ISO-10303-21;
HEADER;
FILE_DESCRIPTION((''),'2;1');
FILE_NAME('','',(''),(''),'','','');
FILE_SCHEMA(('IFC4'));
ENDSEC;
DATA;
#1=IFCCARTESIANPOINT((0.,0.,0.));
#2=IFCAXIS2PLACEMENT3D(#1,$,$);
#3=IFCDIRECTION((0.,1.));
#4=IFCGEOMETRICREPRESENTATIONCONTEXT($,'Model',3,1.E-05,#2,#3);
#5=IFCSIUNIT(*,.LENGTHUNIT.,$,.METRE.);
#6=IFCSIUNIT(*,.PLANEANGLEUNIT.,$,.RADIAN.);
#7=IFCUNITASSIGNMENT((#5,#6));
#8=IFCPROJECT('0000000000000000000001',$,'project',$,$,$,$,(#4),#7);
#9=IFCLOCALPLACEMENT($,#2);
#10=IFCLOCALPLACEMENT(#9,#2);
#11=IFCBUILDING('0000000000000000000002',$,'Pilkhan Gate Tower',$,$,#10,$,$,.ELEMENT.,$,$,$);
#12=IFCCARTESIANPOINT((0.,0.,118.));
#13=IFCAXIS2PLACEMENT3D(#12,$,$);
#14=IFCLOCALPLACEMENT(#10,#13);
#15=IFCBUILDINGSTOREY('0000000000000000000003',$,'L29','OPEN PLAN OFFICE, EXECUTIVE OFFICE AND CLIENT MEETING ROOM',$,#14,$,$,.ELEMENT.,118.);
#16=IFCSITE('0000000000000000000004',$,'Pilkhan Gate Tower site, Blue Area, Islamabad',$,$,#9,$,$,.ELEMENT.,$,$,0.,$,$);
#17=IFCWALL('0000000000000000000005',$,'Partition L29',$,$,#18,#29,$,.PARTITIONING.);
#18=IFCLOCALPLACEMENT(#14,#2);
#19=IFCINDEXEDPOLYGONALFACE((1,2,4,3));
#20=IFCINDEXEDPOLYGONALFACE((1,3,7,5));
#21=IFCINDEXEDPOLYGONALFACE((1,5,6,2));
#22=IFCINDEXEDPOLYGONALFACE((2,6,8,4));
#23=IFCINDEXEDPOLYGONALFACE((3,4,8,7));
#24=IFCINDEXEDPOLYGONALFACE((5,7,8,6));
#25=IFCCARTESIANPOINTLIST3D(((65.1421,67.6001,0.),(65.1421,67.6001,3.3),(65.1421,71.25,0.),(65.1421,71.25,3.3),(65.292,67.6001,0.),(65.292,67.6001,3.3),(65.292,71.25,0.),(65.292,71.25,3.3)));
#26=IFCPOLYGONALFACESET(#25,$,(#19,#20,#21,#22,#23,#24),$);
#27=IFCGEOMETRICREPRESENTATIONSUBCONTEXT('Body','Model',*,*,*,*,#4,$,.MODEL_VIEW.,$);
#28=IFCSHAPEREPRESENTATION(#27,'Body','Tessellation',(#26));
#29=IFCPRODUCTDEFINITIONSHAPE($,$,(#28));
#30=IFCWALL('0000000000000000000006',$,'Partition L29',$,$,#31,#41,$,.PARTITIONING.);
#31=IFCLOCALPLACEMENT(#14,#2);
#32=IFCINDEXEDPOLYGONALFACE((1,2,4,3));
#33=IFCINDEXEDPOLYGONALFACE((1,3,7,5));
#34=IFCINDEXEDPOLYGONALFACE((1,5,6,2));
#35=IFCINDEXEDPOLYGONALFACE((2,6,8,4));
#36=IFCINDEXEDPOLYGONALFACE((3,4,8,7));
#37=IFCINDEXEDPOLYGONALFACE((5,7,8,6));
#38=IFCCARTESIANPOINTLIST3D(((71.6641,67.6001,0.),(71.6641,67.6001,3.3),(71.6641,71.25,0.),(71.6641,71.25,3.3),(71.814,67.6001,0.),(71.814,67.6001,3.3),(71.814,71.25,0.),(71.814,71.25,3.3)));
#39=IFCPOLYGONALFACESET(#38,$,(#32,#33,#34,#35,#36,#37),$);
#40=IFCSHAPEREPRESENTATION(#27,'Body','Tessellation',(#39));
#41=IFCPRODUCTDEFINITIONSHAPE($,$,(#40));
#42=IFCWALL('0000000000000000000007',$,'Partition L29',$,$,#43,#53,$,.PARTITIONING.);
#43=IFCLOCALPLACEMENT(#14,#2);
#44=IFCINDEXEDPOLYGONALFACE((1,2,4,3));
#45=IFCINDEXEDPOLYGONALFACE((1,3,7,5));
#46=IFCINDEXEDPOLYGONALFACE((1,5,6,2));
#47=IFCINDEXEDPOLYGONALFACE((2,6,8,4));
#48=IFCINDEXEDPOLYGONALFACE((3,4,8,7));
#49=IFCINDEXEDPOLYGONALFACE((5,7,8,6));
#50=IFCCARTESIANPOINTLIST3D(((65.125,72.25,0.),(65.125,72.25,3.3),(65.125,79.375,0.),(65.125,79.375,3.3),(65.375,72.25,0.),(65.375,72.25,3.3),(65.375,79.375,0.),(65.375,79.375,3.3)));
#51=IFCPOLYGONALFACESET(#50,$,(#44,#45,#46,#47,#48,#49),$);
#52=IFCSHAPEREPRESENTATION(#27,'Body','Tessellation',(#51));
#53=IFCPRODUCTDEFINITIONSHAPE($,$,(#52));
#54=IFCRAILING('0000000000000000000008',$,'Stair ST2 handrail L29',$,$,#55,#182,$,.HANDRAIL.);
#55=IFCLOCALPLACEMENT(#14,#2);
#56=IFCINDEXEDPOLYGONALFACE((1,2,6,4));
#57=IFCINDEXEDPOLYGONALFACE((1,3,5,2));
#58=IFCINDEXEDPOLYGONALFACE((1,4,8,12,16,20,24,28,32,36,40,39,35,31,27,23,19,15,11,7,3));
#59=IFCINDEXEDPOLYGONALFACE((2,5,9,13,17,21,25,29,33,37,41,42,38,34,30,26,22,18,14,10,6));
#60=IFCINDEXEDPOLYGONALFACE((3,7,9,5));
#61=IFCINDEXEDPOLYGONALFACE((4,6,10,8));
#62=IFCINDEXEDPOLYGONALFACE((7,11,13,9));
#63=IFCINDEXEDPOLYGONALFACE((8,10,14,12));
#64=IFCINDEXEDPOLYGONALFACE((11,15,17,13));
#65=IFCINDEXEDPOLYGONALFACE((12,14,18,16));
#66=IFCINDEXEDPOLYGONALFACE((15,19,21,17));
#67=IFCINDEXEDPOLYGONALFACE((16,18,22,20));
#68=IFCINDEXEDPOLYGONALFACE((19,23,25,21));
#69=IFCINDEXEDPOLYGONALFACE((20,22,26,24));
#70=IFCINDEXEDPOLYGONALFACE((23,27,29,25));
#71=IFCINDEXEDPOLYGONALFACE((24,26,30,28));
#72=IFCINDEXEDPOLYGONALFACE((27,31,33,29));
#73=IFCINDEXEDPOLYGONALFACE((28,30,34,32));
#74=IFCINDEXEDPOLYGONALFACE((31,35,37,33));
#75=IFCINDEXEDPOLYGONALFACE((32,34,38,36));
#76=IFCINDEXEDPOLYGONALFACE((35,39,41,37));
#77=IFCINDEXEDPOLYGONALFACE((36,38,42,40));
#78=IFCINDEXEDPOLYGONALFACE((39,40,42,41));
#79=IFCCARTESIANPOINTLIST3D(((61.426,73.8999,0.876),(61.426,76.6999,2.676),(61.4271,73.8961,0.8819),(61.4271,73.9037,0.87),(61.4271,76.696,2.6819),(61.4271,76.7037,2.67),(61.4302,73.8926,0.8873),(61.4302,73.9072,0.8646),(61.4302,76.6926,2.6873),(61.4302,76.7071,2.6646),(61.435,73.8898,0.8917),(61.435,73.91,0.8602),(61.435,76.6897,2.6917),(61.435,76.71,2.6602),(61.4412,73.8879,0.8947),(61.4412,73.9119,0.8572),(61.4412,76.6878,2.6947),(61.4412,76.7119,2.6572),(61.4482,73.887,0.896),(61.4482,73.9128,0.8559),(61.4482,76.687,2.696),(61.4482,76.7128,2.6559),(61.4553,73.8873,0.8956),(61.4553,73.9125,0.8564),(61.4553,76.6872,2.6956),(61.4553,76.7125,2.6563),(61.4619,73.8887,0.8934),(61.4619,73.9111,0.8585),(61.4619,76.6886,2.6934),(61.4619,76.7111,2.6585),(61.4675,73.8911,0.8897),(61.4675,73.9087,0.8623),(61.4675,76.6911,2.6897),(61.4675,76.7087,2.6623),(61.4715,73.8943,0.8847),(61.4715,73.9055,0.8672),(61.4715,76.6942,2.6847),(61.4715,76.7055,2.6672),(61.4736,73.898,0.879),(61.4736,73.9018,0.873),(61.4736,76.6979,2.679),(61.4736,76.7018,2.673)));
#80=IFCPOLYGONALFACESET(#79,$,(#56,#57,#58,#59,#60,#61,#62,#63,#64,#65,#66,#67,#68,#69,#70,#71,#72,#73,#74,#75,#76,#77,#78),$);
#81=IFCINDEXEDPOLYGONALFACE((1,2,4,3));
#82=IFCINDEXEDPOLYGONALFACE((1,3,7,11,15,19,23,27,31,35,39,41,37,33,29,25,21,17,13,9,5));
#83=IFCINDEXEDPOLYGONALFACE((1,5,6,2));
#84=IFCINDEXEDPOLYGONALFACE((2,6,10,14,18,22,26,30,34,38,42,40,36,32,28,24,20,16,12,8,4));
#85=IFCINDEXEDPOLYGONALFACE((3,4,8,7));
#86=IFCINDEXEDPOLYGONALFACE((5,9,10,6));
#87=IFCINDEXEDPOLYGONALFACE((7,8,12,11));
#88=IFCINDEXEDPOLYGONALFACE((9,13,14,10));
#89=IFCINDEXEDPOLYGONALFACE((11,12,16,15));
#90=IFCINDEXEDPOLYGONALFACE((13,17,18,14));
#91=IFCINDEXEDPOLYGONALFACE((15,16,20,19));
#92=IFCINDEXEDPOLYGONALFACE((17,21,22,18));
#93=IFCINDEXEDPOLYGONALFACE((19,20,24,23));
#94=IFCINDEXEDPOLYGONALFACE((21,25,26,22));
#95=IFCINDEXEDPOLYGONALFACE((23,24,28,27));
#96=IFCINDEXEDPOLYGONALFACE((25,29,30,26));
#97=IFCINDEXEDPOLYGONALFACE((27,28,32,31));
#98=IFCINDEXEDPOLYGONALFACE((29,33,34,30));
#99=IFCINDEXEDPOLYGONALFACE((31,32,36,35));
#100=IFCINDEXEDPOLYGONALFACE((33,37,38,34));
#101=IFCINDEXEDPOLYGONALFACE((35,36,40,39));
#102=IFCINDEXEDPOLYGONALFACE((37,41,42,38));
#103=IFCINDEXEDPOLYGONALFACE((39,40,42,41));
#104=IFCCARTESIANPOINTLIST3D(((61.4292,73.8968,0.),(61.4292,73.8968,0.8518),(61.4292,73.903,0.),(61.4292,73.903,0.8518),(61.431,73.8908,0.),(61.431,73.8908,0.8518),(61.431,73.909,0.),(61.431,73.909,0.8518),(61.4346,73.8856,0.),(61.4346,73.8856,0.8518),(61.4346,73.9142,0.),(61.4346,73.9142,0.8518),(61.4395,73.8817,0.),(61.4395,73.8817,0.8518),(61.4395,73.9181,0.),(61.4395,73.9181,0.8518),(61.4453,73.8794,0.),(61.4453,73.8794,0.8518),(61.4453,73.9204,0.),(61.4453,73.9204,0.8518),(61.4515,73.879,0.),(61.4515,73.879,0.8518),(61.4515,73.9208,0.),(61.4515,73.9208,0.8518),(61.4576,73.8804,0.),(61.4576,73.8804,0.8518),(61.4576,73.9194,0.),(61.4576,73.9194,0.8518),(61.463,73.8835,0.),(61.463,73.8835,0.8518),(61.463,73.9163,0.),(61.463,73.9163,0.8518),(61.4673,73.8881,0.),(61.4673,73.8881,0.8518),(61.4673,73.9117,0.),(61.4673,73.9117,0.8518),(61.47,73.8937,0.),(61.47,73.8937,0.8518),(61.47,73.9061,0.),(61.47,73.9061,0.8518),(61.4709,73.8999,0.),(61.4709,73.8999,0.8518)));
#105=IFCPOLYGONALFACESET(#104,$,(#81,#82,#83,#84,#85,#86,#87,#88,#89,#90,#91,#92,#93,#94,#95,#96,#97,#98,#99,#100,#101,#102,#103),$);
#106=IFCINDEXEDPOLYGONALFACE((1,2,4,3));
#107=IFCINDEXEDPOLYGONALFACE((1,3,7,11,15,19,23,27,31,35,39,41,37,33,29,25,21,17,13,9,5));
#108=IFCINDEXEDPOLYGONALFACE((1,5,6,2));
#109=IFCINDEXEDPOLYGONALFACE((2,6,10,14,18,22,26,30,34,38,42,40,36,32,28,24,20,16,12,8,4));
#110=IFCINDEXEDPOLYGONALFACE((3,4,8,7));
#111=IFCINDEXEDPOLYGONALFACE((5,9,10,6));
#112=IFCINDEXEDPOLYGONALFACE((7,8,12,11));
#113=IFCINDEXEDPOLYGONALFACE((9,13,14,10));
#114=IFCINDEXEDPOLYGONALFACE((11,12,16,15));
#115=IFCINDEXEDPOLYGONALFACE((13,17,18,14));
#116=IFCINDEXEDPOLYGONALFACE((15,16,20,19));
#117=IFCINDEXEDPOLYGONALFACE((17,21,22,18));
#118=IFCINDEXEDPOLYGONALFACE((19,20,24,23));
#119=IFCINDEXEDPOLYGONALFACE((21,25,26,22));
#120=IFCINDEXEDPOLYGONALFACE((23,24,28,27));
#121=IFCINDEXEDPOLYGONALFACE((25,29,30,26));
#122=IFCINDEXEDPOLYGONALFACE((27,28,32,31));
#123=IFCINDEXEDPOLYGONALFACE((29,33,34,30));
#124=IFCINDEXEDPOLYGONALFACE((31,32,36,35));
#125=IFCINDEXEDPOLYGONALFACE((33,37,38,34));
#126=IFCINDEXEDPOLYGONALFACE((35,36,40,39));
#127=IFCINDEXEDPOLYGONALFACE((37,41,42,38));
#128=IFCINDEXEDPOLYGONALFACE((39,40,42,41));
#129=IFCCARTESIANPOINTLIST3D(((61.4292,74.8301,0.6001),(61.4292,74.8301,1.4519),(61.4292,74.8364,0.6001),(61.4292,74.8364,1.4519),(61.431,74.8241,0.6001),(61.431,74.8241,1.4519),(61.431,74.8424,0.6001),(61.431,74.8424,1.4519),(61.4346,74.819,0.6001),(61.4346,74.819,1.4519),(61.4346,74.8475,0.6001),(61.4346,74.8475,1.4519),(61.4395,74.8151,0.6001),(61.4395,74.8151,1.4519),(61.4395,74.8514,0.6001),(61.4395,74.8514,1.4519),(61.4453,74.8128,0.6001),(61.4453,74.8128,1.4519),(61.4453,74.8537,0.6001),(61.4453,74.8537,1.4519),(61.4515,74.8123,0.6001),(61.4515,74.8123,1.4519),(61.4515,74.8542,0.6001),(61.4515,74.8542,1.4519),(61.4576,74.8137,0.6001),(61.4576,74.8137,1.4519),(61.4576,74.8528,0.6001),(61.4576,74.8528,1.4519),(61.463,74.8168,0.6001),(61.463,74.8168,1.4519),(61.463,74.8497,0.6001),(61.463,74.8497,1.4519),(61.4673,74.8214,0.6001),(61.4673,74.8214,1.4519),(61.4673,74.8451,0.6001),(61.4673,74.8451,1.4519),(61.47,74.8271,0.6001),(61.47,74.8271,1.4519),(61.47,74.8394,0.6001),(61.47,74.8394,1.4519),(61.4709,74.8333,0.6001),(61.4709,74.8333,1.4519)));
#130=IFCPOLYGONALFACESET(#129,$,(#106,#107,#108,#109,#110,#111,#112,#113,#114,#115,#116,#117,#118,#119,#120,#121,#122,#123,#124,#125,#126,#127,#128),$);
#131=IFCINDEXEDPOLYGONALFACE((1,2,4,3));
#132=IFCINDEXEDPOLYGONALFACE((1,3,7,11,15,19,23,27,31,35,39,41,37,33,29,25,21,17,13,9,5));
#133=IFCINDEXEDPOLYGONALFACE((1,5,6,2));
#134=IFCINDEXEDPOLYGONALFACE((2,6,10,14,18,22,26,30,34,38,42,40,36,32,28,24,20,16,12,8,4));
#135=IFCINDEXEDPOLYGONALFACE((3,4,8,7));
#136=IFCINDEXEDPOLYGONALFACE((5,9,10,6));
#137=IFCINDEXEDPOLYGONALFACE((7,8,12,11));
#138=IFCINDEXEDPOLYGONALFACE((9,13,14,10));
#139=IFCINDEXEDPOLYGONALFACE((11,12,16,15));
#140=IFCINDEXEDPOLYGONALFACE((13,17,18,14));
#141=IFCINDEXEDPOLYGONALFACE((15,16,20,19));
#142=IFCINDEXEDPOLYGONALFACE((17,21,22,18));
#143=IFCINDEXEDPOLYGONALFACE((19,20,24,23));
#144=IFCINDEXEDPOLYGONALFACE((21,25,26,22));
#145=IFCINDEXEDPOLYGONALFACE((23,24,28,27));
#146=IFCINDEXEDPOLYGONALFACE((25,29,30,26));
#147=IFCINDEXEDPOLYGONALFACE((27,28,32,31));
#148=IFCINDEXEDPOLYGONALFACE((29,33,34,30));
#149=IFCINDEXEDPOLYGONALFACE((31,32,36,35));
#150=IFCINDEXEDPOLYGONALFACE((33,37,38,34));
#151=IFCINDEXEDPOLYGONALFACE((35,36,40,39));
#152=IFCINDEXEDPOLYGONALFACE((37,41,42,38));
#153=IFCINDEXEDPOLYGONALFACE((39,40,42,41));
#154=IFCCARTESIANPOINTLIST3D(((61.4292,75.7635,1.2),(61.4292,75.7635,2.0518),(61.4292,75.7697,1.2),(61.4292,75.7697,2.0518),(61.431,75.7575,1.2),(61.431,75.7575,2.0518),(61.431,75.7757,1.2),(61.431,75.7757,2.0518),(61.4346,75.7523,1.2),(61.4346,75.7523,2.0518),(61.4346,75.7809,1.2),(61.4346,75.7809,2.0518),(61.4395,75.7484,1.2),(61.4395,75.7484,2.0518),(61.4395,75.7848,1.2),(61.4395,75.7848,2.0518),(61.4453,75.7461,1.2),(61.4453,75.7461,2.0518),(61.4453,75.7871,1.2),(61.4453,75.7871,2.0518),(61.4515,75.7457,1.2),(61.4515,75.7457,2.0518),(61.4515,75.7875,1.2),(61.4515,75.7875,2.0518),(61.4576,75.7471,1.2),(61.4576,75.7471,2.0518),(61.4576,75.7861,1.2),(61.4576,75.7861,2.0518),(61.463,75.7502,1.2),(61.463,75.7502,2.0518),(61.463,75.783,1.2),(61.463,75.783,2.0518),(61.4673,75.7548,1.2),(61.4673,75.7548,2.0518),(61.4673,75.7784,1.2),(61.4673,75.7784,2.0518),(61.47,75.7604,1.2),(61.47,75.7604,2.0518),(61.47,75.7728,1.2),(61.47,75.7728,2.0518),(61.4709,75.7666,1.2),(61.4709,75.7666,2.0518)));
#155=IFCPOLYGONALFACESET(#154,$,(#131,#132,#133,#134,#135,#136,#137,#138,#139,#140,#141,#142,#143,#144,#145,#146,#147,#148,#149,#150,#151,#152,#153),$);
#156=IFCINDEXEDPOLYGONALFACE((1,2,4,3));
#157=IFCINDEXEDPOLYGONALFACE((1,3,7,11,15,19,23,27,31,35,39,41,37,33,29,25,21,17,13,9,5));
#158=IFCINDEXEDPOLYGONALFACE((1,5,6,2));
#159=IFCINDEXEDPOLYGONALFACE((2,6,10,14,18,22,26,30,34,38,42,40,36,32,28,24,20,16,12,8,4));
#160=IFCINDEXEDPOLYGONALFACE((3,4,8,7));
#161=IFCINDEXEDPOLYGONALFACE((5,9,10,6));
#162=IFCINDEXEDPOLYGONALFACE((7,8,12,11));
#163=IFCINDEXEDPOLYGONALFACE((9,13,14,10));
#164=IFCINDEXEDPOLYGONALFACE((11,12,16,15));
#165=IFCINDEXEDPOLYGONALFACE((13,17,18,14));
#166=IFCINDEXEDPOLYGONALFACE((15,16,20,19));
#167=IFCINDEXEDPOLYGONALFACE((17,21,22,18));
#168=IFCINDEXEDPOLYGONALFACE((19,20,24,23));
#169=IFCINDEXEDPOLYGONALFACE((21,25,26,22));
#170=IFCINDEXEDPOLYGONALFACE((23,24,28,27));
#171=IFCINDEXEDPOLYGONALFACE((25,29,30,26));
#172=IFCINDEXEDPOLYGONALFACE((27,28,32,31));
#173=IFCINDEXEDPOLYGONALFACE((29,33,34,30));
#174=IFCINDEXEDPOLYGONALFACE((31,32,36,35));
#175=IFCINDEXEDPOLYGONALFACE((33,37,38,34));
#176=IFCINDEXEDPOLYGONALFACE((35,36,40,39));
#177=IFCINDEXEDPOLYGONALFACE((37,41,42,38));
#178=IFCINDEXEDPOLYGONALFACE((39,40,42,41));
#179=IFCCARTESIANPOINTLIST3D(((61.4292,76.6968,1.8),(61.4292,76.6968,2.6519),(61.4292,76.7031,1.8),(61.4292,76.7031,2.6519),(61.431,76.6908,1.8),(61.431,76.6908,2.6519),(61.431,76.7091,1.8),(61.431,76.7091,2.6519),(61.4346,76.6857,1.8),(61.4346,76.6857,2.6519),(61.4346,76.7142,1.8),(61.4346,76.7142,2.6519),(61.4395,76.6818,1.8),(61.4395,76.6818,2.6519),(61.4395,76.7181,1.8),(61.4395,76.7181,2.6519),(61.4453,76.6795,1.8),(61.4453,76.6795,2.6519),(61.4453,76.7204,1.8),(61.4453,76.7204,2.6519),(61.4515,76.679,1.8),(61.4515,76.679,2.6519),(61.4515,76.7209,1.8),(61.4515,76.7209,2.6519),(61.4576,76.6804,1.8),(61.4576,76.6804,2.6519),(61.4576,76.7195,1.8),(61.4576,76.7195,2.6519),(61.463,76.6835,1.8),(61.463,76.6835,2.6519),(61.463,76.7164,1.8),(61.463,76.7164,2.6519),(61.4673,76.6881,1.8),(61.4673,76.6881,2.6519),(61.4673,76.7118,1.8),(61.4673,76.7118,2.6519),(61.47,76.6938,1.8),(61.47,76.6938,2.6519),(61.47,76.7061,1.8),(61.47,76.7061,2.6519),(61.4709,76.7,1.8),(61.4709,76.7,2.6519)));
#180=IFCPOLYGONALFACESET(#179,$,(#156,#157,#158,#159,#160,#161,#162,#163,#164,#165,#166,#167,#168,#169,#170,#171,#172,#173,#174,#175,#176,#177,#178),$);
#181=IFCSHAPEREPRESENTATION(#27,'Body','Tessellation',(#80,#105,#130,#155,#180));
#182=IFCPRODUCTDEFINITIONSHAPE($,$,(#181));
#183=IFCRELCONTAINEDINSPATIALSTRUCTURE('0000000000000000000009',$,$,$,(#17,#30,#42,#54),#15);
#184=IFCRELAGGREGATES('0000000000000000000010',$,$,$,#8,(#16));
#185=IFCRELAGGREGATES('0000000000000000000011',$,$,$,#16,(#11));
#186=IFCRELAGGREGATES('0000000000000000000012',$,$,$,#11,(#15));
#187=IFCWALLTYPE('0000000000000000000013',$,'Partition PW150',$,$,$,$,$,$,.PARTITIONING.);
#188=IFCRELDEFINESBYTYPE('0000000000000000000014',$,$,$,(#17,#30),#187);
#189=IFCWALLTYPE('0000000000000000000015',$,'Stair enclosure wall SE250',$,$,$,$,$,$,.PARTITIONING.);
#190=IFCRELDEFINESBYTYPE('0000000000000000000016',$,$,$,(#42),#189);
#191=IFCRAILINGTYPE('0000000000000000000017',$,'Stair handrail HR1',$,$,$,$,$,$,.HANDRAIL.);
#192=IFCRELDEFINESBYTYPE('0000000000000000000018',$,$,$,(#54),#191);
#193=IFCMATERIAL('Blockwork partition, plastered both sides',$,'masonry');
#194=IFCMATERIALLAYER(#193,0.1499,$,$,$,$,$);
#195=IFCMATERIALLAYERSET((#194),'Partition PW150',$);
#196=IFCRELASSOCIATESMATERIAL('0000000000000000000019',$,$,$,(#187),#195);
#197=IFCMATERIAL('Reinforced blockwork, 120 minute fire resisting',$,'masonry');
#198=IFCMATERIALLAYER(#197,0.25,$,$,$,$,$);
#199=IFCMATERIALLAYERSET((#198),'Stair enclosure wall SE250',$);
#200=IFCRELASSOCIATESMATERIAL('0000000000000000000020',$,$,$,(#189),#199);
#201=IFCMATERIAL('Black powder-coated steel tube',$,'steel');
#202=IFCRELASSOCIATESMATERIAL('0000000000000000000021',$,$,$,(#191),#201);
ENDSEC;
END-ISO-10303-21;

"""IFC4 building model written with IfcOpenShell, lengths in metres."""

from ifc_helpers import new_model, si_unit, direction, frame, frame_2d, origin, origin_2d, place, context, subcontext, project, spatial, rectangle, circle, extrude, material, layer, layer_set, type_object, element, save


model = new_model("IFC4")

# Units and contexts
model_context = context("Model", 3, precision=1e-05, world=origin(), true_north=direction((0.0, 1.0)))
body_context = subcontext(model_context, "Body", "Model", "MODEL_VIEW")
ifc_project = project(units=[si_unit("LENGTHUNIT", "METRE"), si_unit("PLANEANGLEUNIT", "RADIAN")], contexts=[model_context])

# Site, building, storey
site_placement = place(None, origin())
site = spatial("IfcSite", under=ifc_project, at=site_placement, Name="Pilkhan Gate Tower site, Blue Area, Islamabad", CompositionType="ELEMENT", RefElevation=0.0)
building_placement = place(site_placement, origin())
building = spatial("IfcBuilding", under=site, at=building_placement, Name="Pilkhan Gate Tower", CompositionType="ELEMENT")
storey_placement = place(building_placement, frame((0.0, 0.0, 118.0)))
storey = spatial("IfcBuildingStorey", under=building, at=storey_placement, Name="L29", Description="OPEN PLAN OFFICE, EXECUTIVE OFFICE AND CLIENT MEETING ROOM", CompositionType="ELEMENT", Elevation=118.0)

# Walls
ifc_material_1 = material(Name="Blockwork partition, plastered both sides", Category="masonry")
ifc_layer_1 = layer(ifc_material_1, 0.1499)
ifc_layer_set_1 = layer_set([ifc_layer_1], Name="Partition PW150")
wall_type_1 = type_object("IfcWallType", Name="Partition PW150", PredefinedType="PARTITIONING", material=ifc_layer_set_1)
for number, where, z_axis, x_axis, name in (
    (1, (65.217, 67.6001, 0.0), (0.0, 0.0, 1.0), (0.0, 1.0, 0.0), "Partition L29"),
    (2, (71.739, 67.6001, 0.0), (0.0, 0.0, 1.0), (0.0, 1.0, 0.0), "Partition L29"),
):
    element("IfcWall", number, at=place(storey_placement, frame(where, z_axis=z_axis, x_axis=x_axis)), inside=storey, type_object=wall_type_1, Name=name, PredefinedType="PARTITIONING", context=body_context, shape_type="SweptSolid", body=[
        extrude(rectangle(XDim=3.6499, YDim=0.1499, at=frame_2d((1.825, 0.0))), origin(), (0.0, 0.0, 1.0), 3.3),
    ])
ifc_material_2 = material(Name="Reinforced blockwork, 120 minute fire resisting", Category="masonry")
ifc_layer_2 = layer(ifc_material_2, 0.25)
ifc_layer_set_2 = layer_set([ifc_layer_2], Name="Stair enclosure wall SE250")
wall_type_2 = type_object("IfcWallType", Name="Stair enclosure wall SE250", PredefinedType="PARTITIONING", material=ifc_layer_set_2)
wall_1_placement = place(storey_placement, frame((65.25, 72.25, 0.0), z_axis=(0.0, 0.0, 1.0), x_axis=(0.0, 1.0, 0.0)))
element("IfcWall", 3, at=wall_1_placement, inside=storey, type_object=wall_type_2, Name="Partition L29", PredefinedType="PARTITIONING", context=body_context, shape_type="SweptSolid", body=[
    extrude(rectangle(XDim=7.125, YDim=0.25, at=frame_2d((3.5625, 0.0))), origin(), (0.0, 0.0, 1.0), 3.3),
])

# Railing
ifc_material_3 = material(Name="Black powder-coated steel tube", Category="steel")
railing_type = type_object("IfcRailingType", Name="Stair handrail HR1", PredefinedType="HANDRAIL", material=ifc_material_3)
railing_placement = place(storey_placement, frame((61.45, 73.8999, 0.0)))
element("IfcRailing", 4, at=railing_placement, inside=storey, type_object=railing_type, Name="Stair ST2 handrail L29", PredefinedType="HANDRAIL", context=body_context, shape_type="SweptSolid", body=[
    extrude(circle(Radius=0.0239, at=origin_2d()), frame((0.0, 0.0, 0.876), z_axis=(0.0, 0.841176, 0.540761), x_axis=(-1.0, 0.0, 0.0)), (0.0, 0.0, 1.0), 3.3286),
    extrude(circle(Radius=0.021, at=origin_2d()), origin(), (0.0, 0.0, 1.0), 0.8518),
    extrude(circle(Radius=0.021, at=origin_2d()), frame((0.0, 0.9333, 0.6001)), (0.0, 0.0, 1.0), 0.8518),
    extrude(circle(Radius=0.021, at=origin_2d()), frame((0.0, 1.8667, 1.2)), (0.0, 0.0, 1.0), 0.8518),
    extrude(circle(Radius=0.021, at=origin_2d()), frame((0.0, 2.8, 1.8)), (0.0, 0.0, 1.0), 0.8518),
])

save(model, "model.ifc")
